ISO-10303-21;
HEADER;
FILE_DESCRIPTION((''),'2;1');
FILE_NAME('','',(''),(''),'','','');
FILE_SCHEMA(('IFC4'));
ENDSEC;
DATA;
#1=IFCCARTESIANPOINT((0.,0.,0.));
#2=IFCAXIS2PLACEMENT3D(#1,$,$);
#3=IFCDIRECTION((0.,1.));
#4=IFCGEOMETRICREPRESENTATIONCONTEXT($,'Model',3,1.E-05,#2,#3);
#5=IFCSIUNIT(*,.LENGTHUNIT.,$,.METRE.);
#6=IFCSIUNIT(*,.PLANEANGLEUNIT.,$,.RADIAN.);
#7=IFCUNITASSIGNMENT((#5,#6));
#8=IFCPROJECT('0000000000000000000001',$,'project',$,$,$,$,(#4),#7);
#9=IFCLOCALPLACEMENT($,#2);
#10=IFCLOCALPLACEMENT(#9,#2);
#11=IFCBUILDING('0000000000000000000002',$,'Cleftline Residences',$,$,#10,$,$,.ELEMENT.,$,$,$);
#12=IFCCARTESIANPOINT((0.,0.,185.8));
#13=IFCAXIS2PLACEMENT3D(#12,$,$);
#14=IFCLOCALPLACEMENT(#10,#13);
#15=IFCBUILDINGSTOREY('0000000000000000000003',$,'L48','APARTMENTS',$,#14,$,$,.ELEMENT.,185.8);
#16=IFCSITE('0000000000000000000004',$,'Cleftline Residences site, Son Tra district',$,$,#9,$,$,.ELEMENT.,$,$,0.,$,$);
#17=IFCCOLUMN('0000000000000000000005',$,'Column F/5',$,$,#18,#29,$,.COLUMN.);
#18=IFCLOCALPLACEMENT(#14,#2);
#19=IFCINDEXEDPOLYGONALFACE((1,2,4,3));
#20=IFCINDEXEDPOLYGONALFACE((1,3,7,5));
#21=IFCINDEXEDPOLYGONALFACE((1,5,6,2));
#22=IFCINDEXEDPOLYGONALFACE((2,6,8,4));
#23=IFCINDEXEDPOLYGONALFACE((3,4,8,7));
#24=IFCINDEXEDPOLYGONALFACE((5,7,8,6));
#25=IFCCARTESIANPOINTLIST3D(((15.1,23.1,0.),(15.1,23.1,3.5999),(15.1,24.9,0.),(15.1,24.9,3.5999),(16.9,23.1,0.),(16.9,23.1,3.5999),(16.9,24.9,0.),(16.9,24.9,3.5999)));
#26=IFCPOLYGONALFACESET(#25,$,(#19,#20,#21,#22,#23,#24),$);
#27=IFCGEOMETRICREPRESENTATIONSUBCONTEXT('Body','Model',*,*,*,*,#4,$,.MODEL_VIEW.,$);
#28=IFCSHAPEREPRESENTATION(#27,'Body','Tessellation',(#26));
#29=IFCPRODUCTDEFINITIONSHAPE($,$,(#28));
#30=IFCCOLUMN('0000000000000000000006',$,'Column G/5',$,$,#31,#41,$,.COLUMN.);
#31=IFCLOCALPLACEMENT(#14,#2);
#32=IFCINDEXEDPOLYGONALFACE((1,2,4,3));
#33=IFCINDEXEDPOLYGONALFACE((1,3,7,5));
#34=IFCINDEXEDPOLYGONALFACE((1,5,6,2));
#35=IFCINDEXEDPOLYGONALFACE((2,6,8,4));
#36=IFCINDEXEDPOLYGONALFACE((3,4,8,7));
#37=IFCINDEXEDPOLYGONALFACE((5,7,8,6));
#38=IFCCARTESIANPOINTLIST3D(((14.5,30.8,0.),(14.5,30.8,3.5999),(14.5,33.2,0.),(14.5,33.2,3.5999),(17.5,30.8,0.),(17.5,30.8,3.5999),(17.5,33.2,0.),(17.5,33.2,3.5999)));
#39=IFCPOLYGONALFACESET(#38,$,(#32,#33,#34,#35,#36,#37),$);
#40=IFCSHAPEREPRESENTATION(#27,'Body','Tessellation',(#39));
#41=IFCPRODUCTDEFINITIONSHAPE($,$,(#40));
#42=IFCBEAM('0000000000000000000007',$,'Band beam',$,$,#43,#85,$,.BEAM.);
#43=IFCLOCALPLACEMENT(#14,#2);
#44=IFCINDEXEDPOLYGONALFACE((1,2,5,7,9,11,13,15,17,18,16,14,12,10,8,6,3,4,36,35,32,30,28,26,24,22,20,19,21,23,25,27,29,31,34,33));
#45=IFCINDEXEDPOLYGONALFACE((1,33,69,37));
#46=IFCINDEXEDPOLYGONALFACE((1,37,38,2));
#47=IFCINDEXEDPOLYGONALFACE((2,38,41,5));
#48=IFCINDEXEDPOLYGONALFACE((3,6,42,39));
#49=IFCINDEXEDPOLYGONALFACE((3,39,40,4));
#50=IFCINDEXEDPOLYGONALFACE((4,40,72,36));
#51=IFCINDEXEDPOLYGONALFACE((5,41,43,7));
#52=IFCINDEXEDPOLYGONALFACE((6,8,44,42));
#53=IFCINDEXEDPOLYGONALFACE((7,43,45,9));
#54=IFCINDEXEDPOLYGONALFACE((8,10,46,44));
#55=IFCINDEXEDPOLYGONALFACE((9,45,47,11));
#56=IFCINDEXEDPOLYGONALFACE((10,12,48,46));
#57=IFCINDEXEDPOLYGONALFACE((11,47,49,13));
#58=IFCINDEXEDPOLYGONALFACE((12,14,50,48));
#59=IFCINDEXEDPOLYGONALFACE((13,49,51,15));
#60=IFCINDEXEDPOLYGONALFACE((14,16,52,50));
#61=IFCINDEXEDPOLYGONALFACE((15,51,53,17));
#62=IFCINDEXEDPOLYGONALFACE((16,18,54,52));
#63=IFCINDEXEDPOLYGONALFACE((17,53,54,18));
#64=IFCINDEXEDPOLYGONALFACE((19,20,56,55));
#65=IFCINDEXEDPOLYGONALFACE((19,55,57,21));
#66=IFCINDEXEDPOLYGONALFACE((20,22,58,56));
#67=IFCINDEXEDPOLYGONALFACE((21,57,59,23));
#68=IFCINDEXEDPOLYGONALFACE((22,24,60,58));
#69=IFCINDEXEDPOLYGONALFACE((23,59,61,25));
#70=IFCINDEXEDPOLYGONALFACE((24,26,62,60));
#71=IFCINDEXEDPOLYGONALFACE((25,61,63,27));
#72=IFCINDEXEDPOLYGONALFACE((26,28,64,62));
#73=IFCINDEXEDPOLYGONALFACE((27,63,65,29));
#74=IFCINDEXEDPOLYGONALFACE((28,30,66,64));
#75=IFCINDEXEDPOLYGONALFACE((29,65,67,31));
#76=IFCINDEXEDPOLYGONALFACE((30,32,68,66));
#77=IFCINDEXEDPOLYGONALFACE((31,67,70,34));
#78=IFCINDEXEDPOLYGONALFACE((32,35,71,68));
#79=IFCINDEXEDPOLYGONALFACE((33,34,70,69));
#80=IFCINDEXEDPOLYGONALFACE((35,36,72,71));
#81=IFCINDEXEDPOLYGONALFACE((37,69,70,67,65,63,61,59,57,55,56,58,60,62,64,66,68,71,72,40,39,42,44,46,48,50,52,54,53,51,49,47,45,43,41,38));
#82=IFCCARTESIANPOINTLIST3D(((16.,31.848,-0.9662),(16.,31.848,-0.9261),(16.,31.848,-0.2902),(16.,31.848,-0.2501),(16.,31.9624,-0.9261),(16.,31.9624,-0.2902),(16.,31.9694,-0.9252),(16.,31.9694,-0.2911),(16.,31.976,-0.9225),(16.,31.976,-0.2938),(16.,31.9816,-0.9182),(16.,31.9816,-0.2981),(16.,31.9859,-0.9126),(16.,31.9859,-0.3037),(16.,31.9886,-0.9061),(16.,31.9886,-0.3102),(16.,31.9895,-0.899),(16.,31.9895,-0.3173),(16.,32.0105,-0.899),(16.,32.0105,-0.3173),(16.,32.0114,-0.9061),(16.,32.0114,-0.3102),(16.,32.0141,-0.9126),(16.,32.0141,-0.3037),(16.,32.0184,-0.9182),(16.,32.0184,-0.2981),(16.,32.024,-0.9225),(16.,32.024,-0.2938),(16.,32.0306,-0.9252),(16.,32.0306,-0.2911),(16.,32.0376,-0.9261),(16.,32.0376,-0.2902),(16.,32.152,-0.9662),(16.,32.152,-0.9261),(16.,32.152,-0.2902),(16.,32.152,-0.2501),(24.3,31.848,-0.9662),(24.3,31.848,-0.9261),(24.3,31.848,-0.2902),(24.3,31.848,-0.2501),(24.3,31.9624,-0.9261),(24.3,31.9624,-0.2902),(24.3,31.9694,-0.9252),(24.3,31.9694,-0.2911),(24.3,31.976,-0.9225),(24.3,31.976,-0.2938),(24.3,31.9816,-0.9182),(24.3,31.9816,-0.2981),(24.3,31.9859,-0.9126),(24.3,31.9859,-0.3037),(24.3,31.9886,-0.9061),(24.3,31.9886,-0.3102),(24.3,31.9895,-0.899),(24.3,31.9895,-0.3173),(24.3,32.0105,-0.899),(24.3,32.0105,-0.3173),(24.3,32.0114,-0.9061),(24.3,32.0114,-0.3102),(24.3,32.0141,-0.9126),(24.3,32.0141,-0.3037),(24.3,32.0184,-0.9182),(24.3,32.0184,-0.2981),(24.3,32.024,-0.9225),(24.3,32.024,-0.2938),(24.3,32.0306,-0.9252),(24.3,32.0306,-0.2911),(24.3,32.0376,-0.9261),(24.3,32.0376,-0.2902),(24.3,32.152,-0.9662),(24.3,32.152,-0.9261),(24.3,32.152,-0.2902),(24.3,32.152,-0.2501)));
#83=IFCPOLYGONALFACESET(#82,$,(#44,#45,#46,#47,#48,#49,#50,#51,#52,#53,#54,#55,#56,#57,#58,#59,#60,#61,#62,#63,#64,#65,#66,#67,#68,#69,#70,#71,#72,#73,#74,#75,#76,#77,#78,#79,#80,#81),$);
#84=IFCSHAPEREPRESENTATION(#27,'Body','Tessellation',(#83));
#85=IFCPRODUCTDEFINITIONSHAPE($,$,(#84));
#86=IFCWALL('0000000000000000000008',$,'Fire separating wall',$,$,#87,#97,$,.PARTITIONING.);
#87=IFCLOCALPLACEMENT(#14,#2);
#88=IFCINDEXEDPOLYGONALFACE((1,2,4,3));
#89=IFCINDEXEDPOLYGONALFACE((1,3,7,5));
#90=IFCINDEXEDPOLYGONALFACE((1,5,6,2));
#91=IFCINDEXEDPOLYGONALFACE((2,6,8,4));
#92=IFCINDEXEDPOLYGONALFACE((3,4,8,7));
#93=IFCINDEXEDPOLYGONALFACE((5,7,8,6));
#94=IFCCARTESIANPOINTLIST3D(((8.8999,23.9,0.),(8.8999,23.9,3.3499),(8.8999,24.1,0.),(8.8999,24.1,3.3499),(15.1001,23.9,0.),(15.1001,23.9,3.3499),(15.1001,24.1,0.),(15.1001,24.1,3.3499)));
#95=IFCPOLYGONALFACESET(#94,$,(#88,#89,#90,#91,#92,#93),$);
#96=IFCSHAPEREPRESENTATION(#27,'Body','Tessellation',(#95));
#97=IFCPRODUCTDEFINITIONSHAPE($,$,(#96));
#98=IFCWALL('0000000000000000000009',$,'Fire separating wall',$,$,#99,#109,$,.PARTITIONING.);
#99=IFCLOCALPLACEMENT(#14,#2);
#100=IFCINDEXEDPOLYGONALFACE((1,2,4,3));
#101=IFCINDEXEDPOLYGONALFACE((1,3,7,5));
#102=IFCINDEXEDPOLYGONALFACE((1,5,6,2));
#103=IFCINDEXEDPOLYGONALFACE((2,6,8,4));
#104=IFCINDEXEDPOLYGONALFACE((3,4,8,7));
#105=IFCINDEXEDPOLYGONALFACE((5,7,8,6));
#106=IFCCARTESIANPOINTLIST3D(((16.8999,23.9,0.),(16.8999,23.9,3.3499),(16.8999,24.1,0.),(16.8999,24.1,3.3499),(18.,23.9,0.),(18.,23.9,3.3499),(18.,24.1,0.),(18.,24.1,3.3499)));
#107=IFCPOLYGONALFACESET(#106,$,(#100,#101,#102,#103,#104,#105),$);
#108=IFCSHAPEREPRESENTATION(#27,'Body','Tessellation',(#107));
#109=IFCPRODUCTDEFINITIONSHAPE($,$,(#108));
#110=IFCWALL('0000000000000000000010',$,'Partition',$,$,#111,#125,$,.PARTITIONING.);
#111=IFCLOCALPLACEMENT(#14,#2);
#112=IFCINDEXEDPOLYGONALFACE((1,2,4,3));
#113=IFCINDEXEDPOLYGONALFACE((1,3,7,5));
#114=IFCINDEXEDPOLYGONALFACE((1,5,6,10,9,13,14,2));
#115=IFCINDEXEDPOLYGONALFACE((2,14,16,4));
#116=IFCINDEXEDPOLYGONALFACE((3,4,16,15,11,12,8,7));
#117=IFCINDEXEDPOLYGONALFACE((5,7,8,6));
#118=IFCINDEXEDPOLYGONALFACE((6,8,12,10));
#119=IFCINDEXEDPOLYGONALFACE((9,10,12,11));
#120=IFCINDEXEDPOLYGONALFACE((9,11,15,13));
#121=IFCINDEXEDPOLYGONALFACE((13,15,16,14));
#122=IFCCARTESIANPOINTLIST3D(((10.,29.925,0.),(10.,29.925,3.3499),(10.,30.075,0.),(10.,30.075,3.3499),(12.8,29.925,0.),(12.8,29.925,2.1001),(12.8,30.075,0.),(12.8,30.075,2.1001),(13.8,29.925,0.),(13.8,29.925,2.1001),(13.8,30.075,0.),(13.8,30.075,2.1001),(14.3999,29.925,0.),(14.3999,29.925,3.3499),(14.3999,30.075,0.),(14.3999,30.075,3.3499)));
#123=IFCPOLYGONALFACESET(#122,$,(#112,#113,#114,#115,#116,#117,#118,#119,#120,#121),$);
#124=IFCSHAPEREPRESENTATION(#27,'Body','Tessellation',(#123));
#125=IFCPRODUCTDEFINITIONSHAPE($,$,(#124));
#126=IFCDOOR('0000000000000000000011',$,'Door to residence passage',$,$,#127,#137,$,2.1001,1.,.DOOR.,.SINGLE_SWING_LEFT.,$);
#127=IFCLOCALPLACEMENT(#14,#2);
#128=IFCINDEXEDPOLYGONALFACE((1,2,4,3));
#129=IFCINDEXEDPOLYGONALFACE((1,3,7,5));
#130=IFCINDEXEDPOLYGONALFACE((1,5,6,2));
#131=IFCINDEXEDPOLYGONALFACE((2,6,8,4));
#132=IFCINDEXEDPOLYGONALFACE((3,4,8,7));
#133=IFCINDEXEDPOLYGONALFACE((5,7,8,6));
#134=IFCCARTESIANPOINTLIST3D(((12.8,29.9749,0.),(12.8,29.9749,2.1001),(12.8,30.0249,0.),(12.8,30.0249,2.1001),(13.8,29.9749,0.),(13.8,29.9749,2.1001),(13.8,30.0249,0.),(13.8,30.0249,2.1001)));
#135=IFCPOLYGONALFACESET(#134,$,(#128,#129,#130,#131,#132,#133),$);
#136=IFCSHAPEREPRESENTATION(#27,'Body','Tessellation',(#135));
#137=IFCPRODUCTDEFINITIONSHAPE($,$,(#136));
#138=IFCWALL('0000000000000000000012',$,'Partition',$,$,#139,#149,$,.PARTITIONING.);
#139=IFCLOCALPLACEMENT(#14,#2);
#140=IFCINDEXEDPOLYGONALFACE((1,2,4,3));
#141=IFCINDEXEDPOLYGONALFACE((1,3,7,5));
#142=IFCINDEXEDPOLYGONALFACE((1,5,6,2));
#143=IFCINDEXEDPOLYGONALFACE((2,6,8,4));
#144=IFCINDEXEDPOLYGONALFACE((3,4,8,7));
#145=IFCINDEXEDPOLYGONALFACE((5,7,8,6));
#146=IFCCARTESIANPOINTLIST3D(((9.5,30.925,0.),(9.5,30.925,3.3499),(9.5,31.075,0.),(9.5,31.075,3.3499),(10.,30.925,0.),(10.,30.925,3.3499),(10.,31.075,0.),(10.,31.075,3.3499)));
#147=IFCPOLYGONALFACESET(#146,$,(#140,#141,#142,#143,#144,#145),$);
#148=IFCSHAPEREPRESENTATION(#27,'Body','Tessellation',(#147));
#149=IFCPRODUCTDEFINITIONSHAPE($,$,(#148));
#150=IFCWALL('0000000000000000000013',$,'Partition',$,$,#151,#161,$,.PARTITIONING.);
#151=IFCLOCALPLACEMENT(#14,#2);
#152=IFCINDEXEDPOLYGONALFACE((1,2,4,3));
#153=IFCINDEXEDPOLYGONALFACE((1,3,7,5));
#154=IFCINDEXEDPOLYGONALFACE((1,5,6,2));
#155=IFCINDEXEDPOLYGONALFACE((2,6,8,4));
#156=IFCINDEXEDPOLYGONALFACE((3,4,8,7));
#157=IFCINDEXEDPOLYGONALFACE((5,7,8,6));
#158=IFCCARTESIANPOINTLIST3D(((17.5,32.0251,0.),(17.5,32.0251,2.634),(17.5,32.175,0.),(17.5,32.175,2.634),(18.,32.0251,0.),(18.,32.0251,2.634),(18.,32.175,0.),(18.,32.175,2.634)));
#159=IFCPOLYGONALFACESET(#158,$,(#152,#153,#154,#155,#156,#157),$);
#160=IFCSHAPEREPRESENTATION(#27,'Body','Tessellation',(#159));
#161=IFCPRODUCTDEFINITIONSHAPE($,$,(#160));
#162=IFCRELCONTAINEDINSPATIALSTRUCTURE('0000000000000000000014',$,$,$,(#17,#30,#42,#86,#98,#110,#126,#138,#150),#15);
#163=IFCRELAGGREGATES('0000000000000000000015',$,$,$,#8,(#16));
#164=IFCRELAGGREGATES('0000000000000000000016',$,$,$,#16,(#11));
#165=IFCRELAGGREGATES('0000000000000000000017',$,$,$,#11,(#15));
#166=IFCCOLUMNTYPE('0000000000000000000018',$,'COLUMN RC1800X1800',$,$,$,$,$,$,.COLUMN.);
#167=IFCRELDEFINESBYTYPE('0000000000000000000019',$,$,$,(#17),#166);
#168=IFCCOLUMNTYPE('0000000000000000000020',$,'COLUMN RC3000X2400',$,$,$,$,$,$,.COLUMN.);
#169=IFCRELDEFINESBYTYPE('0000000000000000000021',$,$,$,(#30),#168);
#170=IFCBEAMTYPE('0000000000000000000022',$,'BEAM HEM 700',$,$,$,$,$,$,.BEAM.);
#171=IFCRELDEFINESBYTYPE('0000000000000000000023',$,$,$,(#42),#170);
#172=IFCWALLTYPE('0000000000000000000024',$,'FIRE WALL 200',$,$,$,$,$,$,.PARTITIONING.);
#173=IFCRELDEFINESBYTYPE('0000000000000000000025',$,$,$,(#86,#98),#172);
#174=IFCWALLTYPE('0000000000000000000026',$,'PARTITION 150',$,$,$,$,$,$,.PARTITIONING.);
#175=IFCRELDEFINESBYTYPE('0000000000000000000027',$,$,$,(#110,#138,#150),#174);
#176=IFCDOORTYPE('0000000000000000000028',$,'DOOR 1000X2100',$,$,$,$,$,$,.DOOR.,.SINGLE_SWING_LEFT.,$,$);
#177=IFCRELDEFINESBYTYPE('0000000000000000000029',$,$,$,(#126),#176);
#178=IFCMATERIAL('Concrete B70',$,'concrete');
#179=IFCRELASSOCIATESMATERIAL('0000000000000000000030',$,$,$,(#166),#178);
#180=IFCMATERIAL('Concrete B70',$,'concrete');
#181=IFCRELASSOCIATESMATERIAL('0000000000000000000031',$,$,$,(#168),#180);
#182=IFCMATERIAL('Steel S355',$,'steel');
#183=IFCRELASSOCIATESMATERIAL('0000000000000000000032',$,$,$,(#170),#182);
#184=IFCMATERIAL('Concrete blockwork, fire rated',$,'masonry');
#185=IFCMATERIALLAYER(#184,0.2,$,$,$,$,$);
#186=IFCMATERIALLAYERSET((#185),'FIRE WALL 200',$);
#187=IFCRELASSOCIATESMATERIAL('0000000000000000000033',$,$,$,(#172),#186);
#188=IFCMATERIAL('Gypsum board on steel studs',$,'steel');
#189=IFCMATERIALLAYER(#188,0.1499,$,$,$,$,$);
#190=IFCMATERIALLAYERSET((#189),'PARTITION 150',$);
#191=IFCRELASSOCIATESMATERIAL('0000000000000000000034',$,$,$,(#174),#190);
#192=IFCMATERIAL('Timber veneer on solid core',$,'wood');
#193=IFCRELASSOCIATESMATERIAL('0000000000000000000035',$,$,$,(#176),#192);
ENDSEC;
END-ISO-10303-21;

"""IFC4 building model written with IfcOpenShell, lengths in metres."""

from ifc_helpers import new_model, si_unit, direction, frame, frame_2d, origin, origin_2d, place, context, subcontext, project, spatial, rectangle, i_section, extrude, material, layer, layer_set, material_profile, profile_set, type_object, element, fill, save


model = new_model("IFC4")

# Units and contexts
model_context = context("Model", 3, precision=1e-05, world=origin(), true_north=direction((0.0, 1.0)))
body_context = subcontext(model_context, "Body", "Model", "MODEL_VIEW")
ifc_project = project(units=[si_unit("LENGTHUNIT", "METRE"), si_unit("PLANEANGLEUNIT", "RADIAN")], contexts=[model_context])

# Site, building, storey
site_placement = place(None, origin())
site = spatial("IfcSite", under=ifc_project, at=site_placement, Name="Cleftline Residences site, Son Tra district", CompositionType="ELEMENT", RefElevation=0.0)
building_placement = place(site_placement, origin())
building = spatial("IfcBuilding", under=site, at=building_placement, Name="Cleftline Residences", CompositionType="ELEMENT")
storey_placement = place(building_placement, frame((0.0, 0.0, 185.8)))
storey = spatial("IfcBuildingStorey", under=building, at=storey_placement, Name="L48", Description="APARTMENTS", CompositionType="ELEMENT", Elevation=185.8)

# Columns
ifc_material_1 = material(Name="Concrete B70", Category="concrete")
ifc_material_profile_1 = material_profile(ifc_material_1, rectangle(XDim=1.8, YDim=1.8, at=origin_2d()))
ifc_profile_set_1 = profile_set([ifc_material_profile_1], Name="Concrete B70")
column_type_1 = type_object("IfcColumnType", Name="COLUMN RC1800X1800", PredefinedType="COLUMN", material=ifc_profile_set_1)
column_1_placement = place(storey_placement, frame((16.0, 24.0, 0.0), z_axis=(0.0, 0.0, 1.0), x_axis=(1.0, 0.0, 0.0)))
element("IfcColumn", 1, at=column_1_placement, inside=storey, type_object=column_type_1, Name="Column F/5", PredefinedType="COLUMN", context=body_context, shape_type="SweptSolid", body=[
    extrude(rectangle(XDim=1.8, YDim=1.8, at=origin_2d()), origin(), (0.0, 0.0, 1.0), 3.5999),
])
ifc_material_2 = material(Name="Concrete B70", Category="concrete")
ifc_material_profile_2 = material_profile(ifc_material_2, rectangle(XDim=3.0, YDim=2.3999, at=origin_2d()))
ifc_profile_set_2 = profile_set([ifc_material_profile_2], Name="Concrete B70")
column_type_2 = type_object("IfcColumnType", Name="COLUMN RC3000X2400", PredefinedType="COLUMN", material=ifc_profile_set_2)
column_2_placement = place(storey_placement, frame((16.0, 32.0, 0.0), z_axis=(0.0, 0.0, 1.0), x_axis=(1.0, 0.0, 0.0)))
element("IfcColumn", 2, at=column_2_placement, inside=storey, type_object=column_type_2, Name="Column G/5", PredefinedType="COLUMN", context=body_context, shape_type="SweptSolid", body=[
    extrude(rectangle(XDim=3.0, YDim=2.3999, at=origin_2d()), origin(), (0.0, 0.0, 1.0), 3.5999),
])

# Beam
ifc_material_3 = material(Name="Steel S355", Category="steel")
ifc_material_profile_3 = material_profile(ifc_material_3, i_section(OverallWidth=0.304, OverallDepth=0.7161, WebThickness=0.021, FlangeThickness=0.04, FilletRadius=0.0271, at=origin_2d()))
ifc_profile_set_3 = profile_set([ifc_material_profile_3], Name="Steel S355")
beam_type = type_object("IfcBeamType", Name="BEAM HEM 700", PredefinedType="BEAM", material=ifc_profile_set_3)
beam_placement = place(storey_placement, frame((16.0, 32.0, -0.6082), z_axis=(1.0, 0.0, 0.0), x_axis=(0.0, 1.0, 0.0)))
element("IfcBeam", 3, at=beam_placement, inside=storey, type_object=beam_type, Name="Band beam", PredefinedType="BEAM", context=body_context, shape_type="SweptSolid", body=[
    extrude(i_section(OverallWidth=0.304, OverallDepth=0.7161, WebThickness=0.021, FlangeThickness=0.04, FilletRadius=0.0271, at=origin_2d()), origin(), (0.0, 0.0, 1.0), 8.3),
])

# Walls
ifc_material_4 = material(Name="Concrete blockwork, fire rated", Category="masonry")
ifc_layer_1 = layer(ifc_material_4, 0.2)
ifc_layer_set_1 = layer_set([ifc_layer_1], Name="FIRE WALL 200")
wall_type_1 = type_object("IfcWallType", Name="FIRE WALL 200", PredefinedType="PARTITIONING", material=ifc_layer_set_1)
wall_1_placement = place(storey_placement, frame((8.8999, 24.0, 0.0), z_axis=(0.0, 0.0, 1.0), x_axis=(1.0, 0.0, 0.0)))
element("IfcWall", 4, at=wall_1_placement, inside=storey, type_object=wall_type_1, Name="Fire separating wall", PredefinedType="PARTITIONING", context=body_context, shape_type="SweptSolid", body=[
    extrude(rectangle(XDim=6.2002, YDim=0.2, at=frame_2d((3.1001, 0.0))), origin(), (0.0, 0.0, 1.0), 3.3499),
])
wall_2_placement = place(storey_placement, frame((16.8999, 24.0, 0.0), z_axis=(0.0, 0.0, 1.0), x_axis=(1.0, 0.0, 0.0)))
element("IfcWall", 5, at=wall_2_placement, inside=storey, type_object=wall_type_1, Name="Fire separating wall", PredefinedType="PARTITIONING", context=body_context, shape_type="SweptSolid", body=[
    extrude(rectangle(XDim=1.1001, YDim=0.2, at=frame_2d((0.55, 0.0))), origin(), (0.0, 0.0, 1.0), 3.3499),
])

# Wall, opening, door
ifc_material_5 = material(Name="Gypsum board on steel studs", Category="steel")
ifc_layer_2 = layer(ifc_material_5, 0.1499)
ifc_layer_set_2 = layer_set([ifc_layer_2], Name="PARTITION 150")
wall_type_2 = type_object("IfcWallType", Name="PARTITION 150", PredefinedType="PARTITIONING", material=ifc_layer_set_2)
wall_3_placement = place(storey_placement, frame((10.0, 30.0, 0.0), z_axis=(0.0, 0.0, 1.0), x_axis=(1.0, 0.0, 0.0)))
wall_3 = element("IfcWall", 6, at=wall_3_placement, inside=storey, type_object=wall_type_2, Name="Partition", PredefinedType="PARTITIONING", context=body_context, shape_type="SweptSolid", body=[
    extrude(rectangle(XDim=4.3999, YDim=0.1499, at=frame_2d((2.2, 0.0))), origin(), (0.0, 0.0, 1.0), 3.3499),
])
opening_1_placement = place(wall_3_placement, frame((2.8, 0.0, 0.0)))
opening_1 = element("IfcOpeningElement", 7, at=opening_1_placement, cuts=wall_3, PredefinedType="OPENING", context=body_context, shape_type="SweptSolid", body=[
    extrude(rectangle(XDim=1.0, YDim=2.1001, at=frame_2d((0.5, 1.05))), frame((0.0, 0.085, 0.0), z_axis=(0.0, -1.0, 0.0), x_axis=(1.0, 0.0, 0.0)), (0.0, 0.0, 1.0), 0.1699),
])
ifc_material_6 = material(Name="Timber veneer on solid core", Category="wood")
door_type_1 = type_object("IfcDoorType", Name="DOOR 1000X2100", OperationType="SINGLE_SWING_LEFT", PredefinedType="DOOR", material=ifc_material_6)
door_1_placement = place(opening_1_placement, origin())
door_1 = element("IfcDoor", 8, at=door_1_placement, inside=storey, type_object=door_type_1, Name="Door to residence passage", OperationType="SINGLE_SWING_LEFT", OverallHeight=2.1001, OverallWidth=1.0, PredefinedType="DOOR", context=body_context, shape_type="SweptSolid", body=[
    extrude(rectangle(XDim=1.0, YDim=2.1001, at=frame_2d((0.5, 1.05))), frame((0.0, 0.0249, 0.0), z_axis=(0.0, -1.0, 0.0), x_axis=(1.0, 0.0, 0.0)), (0.0, 0.0, 1.0), 0.05),
])
fill(opening_1, door_1)

# Walls
wall_4_placement = place(storey_placement, frame((9.5, 31.0, 0.0), z_axis=(0.0, 0.0, 1.0), x_axis=(1.0, 0.0, 0.0)))
element("IfcWall", 9, at=wall_4_placement, inside=storey, type_object=wall_type_2, Name="Partition", PredefinedType="PARTITIONING", context=body_context, shape_type="SweptSolid", body=[
    extrude(rectangle(XDim=0.5, YDim=0.1499, at=frame_2d((0.25, 0.0))), origin(), (0.0, 0.0, 1.0), 3.3499),
])
wall_5_placement = place(storey_placement, frame((17.5, 32.1001, 0.0), z_axis=(0.0, 0.0, 1.0), x_axis=(1.0, 0.0, 0.0)))
element("IfcWall", 10, at=wall_5_placement, inside=storey, type_object=wall_type_2, Name="Partition", PredefinedType="PARTITIONING", context=body_context, shape_type="SweptSolid", body=[
    extrude(rectangle(XDim=0.5, YDim=0.1499, at=frame_2d((0.25, 0.0))), origin(), (0.0, 0.0, 1.0), 2.634),
])

save(model, "model.ifc")
